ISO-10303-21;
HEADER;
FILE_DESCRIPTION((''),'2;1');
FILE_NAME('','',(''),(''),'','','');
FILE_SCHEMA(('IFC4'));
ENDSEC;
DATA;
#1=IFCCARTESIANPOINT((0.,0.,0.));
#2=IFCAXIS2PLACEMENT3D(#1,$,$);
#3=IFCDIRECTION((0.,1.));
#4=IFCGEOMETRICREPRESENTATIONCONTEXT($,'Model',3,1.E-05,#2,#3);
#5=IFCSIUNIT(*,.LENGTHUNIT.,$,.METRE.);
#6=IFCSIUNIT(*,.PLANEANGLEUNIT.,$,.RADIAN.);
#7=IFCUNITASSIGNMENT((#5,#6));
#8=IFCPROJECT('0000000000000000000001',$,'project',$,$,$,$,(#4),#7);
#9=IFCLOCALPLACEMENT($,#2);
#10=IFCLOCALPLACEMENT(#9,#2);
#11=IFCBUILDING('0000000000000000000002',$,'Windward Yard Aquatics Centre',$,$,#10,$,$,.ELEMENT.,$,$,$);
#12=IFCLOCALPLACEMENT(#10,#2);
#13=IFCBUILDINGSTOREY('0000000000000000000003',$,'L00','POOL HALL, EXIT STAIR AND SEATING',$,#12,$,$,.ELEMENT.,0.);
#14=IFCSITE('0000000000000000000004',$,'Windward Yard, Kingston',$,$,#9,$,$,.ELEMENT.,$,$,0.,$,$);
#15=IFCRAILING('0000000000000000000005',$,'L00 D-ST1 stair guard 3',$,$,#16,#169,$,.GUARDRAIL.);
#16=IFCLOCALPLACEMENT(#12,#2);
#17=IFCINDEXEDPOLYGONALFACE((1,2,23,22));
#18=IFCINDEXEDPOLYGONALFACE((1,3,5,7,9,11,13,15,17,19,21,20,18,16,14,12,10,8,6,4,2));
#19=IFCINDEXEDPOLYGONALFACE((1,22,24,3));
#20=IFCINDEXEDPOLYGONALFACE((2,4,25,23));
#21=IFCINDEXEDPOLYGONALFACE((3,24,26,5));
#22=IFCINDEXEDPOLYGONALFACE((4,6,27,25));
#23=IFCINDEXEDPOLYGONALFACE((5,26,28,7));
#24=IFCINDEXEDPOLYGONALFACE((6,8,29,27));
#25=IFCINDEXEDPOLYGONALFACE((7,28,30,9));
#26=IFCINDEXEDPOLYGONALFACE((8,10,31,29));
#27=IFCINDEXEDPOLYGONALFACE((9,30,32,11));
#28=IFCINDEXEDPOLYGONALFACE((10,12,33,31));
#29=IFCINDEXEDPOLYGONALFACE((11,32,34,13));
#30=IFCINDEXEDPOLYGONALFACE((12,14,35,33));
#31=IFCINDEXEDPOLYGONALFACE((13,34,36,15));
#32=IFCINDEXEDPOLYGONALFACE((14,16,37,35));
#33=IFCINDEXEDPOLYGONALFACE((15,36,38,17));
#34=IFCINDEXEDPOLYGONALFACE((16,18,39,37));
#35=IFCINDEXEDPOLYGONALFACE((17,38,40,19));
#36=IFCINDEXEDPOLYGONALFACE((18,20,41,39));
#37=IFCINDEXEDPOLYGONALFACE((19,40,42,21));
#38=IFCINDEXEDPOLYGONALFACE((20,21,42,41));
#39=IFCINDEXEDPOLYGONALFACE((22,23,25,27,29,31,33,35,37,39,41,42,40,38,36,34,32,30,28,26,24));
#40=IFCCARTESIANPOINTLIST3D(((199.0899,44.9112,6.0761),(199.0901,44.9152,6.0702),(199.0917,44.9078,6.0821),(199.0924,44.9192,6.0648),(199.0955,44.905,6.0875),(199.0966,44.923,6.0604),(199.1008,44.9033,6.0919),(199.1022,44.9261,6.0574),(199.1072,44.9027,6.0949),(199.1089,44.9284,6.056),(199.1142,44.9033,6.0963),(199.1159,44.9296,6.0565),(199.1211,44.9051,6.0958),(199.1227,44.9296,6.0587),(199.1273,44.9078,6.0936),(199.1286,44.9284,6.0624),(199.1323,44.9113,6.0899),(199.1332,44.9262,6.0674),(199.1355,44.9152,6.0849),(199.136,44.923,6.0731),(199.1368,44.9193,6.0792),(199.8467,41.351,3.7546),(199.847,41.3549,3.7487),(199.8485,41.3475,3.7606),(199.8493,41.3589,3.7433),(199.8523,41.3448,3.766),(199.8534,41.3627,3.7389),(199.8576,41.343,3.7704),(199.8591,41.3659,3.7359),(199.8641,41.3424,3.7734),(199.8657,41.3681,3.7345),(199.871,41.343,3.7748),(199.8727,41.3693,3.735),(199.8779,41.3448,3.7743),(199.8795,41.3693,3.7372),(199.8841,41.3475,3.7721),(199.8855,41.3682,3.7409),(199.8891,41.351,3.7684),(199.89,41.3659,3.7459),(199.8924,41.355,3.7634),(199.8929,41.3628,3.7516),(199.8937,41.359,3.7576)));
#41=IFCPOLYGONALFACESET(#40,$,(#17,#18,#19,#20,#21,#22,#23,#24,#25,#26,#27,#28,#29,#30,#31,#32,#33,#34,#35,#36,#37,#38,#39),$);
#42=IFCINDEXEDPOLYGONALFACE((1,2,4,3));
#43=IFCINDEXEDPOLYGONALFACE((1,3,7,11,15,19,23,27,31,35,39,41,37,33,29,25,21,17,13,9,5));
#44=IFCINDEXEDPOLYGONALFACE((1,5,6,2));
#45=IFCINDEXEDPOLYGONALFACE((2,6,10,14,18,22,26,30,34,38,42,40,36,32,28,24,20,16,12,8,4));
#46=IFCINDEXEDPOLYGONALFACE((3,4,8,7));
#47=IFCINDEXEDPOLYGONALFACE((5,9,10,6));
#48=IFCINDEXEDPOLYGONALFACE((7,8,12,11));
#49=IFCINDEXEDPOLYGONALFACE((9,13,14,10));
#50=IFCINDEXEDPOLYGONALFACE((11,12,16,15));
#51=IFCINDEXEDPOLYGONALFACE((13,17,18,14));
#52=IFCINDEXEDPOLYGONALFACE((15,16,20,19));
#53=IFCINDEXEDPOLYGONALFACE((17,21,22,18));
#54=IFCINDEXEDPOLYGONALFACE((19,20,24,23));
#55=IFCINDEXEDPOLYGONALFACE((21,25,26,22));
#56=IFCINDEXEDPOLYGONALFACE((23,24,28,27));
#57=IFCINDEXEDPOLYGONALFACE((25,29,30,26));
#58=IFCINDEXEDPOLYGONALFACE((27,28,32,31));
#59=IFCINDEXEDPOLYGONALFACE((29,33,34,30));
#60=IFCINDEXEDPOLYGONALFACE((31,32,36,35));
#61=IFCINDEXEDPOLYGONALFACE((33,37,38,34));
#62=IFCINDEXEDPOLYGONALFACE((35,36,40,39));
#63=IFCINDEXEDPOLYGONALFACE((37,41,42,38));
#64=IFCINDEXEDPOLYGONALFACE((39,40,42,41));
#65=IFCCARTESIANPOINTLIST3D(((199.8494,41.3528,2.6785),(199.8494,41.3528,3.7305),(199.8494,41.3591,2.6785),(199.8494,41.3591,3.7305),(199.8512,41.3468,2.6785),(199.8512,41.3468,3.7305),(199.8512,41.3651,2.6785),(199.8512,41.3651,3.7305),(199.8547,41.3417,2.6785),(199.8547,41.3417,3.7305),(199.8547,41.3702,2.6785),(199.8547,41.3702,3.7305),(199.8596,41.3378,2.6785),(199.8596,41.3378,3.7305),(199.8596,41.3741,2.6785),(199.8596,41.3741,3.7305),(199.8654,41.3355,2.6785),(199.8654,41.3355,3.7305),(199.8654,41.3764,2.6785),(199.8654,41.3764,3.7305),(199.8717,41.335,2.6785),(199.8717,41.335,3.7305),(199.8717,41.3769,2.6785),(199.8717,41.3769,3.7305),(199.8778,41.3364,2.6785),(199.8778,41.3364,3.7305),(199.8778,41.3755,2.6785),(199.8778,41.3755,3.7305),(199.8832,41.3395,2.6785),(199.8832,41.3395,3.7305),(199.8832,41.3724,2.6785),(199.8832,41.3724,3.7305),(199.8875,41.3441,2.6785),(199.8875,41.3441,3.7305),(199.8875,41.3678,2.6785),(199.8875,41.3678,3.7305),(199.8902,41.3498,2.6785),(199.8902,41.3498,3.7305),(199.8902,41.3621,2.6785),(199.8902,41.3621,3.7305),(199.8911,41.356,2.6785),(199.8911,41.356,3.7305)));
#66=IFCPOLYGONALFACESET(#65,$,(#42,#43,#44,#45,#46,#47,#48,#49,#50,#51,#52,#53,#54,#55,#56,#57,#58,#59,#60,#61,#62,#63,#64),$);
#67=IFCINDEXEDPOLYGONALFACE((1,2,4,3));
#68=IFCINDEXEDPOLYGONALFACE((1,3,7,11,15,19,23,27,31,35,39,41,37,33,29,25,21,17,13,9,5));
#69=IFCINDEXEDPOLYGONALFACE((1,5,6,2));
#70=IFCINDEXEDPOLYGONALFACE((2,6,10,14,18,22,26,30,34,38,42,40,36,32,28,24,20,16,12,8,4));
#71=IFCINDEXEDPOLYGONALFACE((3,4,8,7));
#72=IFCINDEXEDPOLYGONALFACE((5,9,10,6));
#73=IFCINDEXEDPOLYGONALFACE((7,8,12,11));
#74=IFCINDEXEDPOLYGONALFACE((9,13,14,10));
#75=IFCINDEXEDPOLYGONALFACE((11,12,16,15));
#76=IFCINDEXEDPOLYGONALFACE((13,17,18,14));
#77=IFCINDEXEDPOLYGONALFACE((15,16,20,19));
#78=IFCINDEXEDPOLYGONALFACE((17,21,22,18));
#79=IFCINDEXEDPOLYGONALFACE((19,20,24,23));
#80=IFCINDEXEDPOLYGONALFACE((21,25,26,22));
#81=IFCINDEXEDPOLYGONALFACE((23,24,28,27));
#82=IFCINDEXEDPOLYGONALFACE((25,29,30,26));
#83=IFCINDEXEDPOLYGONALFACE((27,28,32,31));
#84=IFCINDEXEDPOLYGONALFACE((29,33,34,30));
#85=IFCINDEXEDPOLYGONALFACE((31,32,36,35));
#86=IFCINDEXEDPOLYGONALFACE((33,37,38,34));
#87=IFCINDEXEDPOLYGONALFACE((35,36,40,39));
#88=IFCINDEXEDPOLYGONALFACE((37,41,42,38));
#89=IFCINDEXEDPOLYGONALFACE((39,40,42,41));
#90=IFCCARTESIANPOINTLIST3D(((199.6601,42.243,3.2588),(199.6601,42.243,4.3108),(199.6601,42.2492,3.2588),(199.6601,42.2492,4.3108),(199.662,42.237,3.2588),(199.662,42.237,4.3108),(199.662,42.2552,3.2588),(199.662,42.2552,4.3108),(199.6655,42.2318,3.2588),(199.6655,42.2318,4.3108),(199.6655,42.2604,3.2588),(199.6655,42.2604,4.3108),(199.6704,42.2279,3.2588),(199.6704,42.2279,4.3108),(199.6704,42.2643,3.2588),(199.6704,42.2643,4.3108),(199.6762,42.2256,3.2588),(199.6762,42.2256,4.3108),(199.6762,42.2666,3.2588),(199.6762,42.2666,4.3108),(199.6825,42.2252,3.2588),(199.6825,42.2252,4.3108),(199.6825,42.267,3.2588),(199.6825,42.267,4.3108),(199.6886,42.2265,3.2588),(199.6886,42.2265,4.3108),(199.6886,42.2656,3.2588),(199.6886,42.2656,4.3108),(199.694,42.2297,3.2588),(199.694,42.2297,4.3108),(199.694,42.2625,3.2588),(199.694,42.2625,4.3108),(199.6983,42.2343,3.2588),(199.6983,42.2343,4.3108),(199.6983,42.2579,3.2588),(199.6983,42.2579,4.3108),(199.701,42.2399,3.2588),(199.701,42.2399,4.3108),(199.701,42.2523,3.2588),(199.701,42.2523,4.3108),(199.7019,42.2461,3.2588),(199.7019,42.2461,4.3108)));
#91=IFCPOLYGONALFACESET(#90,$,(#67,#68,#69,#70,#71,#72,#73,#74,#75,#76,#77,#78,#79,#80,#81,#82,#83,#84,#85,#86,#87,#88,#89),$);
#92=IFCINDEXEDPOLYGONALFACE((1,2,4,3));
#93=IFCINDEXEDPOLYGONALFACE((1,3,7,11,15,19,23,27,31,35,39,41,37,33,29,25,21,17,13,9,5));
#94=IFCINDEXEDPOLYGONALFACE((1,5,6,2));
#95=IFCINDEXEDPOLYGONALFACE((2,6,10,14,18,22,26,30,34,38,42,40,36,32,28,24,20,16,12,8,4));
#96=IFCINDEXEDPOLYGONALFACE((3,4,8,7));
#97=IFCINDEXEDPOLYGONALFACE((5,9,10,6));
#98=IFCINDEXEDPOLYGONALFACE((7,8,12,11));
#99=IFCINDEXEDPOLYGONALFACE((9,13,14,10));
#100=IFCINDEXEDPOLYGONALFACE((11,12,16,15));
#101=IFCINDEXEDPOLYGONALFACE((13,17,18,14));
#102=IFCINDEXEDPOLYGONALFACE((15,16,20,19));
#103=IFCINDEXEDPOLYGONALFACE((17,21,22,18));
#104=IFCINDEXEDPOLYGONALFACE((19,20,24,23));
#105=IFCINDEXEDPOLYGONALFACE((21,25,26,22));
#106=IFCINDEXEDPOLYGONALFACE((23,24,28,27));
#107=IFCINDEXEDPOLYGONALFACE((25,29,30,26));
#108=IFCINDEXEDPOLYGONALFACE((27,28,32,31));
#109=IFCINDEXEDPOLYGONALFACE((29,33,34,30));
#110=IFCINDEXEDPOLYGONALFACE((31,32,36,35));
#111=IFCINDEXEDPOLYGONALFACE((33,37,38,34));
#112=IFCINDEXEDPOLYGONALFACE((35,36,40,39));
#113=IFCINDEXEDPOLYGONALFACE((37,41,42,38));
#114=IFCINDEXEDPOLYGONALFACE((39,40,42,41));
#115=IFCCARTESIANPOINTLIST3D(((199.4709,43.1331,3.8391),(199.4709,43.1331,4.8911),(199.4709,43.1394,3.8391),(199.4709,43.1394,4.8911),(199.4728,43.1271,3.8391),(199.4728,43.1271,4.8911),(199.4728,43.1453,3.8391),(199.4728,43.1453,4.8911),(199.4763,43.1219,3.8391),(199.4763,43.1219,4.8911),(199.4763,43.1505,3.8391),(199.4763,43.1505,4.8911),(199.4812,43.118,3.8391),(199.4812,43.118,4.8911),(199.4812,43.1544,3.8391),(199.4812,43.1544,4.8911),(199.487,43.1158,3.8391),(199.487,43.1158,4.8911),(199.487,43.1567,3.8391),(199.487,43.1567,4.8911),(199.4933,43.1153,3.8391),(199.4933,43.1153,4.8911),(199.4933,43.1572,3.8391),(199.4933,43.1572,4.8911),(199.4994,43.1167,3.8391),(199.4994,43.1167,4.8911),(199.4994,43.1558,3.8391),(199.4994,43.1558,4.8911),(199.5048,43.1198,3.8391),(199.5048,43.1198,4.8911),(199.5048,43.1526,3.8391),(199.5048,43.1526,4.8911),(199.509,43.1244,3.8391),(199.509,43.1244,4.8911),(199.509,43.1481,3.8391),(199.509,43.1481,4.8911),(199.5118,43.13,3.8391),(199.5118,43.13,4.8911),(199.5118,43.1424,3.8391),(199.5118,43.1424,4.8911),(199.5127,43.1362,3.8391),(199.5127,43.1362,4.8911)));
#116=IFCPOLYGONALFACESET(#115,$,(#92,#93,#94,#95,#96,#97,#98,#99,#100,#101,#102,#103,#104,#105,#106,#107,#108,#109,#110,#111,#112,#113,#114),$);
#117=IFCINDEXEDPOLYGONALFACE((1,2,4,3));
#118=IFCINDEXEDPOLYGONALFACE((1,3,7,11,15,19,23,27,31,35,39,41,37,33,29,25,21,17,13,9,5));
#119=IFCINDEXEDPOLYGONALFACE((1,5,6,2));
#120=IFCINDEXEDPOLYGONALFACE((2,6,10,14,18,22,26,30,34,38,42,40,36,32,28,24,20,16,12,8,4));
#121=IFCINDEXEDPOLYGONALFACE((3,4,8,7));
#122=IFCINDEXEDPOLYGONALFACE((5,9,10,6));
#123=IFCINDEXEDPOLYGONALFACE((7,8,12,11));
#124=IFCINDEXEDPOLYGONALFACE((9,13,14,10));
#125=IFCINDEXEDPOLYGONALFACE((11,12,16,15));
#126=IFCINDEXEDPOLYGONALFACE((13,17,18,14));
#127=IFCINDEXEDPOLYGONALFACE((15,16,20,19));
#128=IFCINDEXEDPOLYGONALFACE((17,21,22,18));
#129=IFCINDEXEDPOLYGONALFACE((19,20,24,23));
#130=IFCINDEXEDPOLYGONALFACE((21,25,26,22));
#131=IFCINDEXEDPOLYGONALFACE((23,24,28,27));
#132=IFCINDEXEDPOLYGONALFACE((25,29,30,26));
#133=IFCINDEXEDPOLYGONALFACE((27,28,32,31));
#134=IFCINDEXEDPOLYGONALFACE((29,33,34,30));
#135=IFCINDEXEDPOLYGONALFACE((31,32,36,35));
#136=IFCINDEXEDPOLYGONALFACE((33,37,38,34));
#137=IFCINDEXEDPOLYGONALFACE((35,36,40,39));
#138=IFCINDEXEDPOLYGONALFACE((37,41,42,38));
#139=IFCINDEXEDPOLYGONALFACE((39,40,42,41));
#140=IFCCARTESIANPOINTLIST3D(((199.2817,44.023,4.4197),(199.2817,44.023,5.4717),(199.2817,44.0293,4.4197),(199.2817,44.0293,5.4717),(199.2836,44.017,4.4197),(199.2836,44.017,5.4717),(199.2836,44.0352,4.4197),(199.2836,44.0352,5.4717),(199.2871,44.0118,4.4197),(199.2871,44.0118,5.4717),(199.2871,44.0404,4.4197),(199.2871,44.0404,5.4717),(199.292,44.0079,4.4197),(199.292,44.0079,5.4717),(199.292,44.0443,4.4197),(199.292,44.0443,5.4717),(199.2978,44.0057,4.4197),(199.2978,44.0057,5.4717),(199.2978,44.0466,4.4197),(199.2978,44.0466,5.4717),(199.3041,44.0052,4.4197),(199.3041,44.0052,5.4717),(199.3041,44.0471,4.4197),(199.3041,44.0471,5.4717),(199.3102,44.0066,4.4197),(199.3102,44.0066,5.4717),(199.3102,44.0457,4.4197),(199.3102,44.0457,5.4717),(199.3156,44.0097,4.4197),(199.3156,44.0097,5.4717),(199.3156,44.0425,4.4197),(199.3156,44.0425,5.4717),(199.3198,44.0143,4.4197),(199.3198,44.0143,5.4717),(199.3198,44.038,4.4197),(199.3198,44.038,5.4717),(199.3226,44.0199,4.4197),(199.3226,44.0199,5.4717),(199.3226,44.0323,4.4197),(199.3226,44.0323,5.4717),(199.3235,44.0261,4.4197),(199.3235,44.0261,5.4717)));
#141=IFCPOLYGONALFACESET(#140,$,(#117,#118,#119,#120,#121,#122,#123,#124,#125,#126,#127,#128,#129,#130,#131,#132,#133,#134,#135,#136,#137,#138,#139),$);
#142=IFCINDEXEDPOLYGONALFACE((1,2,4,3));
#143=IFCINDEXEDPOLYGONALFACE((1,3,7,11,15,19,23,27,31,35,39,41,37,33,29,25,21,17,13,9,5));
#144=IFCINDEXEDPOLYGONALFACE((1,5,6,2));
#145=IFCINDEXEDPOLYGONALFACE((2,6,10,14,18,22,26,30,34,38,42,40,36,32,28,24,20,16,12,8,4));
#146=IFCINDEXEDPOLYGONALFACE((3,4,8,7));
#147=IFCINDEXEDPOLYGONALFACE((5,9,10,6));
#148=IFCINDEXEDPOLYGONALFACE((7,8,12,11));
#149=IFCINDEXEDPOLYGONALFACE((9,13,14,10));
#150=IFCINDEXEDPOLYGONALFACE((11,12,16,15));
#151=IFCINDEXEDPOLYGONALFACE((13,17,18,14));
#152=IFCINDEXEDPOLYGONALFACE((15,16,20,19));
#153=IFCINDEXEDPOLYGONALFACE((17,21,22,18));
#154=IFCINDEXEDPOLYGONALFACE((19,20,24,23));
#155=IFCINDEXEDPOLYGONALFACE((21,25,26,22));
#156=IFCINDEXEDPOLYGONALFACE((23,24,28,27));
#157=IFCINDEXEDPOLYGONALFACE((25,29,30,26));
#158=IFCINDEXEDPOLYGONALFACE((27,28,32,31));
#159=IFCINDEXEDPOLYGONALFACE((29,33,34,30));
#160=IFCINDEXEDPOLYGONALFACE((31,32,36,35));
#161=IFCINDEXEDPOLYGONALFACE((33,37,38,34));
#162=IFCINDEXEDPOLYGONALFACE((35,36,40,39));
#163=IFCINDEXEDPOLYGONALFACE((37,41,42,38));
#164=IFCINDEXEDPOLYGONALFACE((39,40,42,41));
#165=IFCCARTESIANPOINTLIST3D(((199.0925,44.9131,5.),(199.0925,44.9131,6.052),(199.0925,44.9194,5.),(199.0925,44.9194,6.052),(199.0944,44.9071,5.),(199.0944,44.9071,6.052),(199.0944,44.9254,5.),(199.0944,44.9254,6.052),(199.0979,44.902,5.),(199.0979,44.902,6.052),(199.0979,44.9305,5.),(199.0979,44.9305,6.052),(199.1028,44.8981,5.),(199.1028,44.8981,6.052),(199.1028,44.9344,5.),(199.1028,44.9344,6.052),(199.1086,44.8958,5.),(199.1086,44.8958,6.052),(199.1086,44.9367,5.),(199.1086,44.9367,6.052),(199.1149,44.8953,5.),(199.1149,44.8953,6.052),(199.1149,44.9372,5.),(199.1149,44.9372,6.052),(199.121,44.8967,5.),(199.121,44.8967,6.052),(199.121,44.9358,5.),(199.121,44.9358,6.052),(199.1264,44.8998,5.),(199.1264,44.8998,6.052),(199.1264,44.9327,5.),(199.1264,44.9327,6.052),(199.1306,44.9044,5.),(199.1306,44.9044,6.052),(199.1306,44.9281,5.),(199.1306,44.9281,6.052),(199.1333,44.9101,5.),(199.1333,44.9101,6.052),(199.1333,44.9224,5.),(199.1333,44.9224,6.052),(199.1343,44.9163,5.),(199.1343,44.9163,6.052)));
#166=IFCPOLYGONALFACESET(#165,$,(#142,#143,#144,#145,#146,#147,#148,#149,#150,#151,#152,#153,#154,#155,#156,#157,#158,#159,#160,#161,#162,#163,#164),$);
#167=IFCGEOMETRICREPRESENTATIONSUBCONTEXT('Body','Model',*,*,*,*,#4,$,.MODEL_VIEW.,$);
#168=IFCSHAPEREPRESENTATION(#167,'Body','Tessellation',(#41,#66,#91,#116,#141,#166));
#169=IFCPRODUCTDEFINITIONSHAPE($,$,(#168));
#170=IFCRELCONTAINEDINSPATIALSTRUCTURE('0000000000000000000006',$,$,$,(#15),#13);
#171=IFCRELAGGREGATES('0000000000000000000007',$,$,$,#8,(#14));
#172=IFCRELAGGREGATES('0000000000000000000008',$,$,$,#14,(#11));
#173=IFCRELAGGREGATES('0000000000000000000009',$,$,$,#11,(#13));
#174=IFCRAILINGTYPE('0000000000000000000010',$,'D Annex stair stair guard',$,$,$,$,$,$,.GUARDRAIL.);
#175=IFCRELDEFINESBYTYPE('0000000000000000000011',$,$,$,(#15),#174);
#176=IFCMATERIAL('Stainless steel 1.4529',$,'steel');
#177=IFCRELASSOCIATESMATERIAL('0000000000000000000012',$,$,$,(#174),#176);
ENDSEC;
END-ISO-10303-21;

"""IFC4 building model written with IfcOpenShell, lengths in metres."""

from ifc_helpers import new_model, si_unit, direction, frame, origin, origin_2d, place, context, subcontext, project, spatial, circle, extrude, material, type_object, element, save


model = new_model("IFC4")

# Units and contexts
model_context = context("Model", 3, precision=1e-05, world=origin(), true_north=direction((0.0, 1.0)))
body_context = subcontext(model_context, "Body", "Model", "MODEL_VIEW")
ifc_project = project(units=[si_unit("LENGTHUNIT", "METRE"), si_unit("PLANEANGLEUNIT", "RADIAN")], contexts=[model_context])

# Site, building, storey
site_placement = place(None, origin())
site = spatial("IfcSite", under=ifc_project, at=site_placement, Name="Windward Yard, Kingston", CompositionType="ELEMENT", RefElevation=0.0)
building_placement = place(site_placement, origin())
building = spatial("IfcBuilding", under=site, at=building_placement, Name="Windward Yard Aquatics Centre", CompositionType="ELEMENT")
storey_placement = place(building_placement, origin())
storey = spatial("IfcBuildingStorey", under=building, at=storey_placement, Name="L00", Description="POOL HALL, EXIT STAIR AND SEATING", CompositionType="ELEMENT", Elevation=0.0)

# Railing
ifc_material_1 = material(Name="Stainless steel 1.4529", Category="steel")
railing_type_1 = type_object("IfcRailingType", Name="D Annex stair stair guard", PredefinedType="GUARDRAIL", material=ifc_material_1)
railing_1_placement = place(storey_placement, frame((199.8701, 41.356, 2.6785)))
element("IfcRailing", 1, at=railing_1_placement, inside=storey, type_object=railing_type_1, Name="L00 D-ST1 stair guard 3", PredefinedType="GUARDRAIL", context=body_context, shape_type="SweptSolid", body=[
    extrude(circle(Radius=0.0239, at=origin_2d()), frame((0.0, 0.0, 1.0762), z_axis=(-0.175308, 0.824682, 0.537743), x_axis=(-0.978144, -0.20793, 0.0)), (0.0, 0.0, 1.0), 4.3171),
    extrude(circle(Radius=0.021, at=origin_2d()), origin(), (0.0, 0.0, 1.0), 1.052),
    extrude(circle(Radius=0.021, at=origin_2d()), frame((-0.1892, 0.8901, 0.5803)), (0.0, 0.0, 1.0), 1.052),
    extrude(circle(Radius=0.021, at=origin_2d()), frame((-0.3784, 1.7803, 1.1606)), (0.0, 0.0, 1.0), 1.052),
    extrude(circle(Radius=0.021, at=origin_2d()), frame((-0.5676, 2.6702, 1.7412)), (0.0, 0.0, 1.0), 1.052),
    extrude(circle(Radius=0.021, at=origin_2d()), frame((-0.7568, 3.5603, 2.3215)), (0.0, 0.0, 1.0), 1.052),
])

save(model, "model.ifc")
